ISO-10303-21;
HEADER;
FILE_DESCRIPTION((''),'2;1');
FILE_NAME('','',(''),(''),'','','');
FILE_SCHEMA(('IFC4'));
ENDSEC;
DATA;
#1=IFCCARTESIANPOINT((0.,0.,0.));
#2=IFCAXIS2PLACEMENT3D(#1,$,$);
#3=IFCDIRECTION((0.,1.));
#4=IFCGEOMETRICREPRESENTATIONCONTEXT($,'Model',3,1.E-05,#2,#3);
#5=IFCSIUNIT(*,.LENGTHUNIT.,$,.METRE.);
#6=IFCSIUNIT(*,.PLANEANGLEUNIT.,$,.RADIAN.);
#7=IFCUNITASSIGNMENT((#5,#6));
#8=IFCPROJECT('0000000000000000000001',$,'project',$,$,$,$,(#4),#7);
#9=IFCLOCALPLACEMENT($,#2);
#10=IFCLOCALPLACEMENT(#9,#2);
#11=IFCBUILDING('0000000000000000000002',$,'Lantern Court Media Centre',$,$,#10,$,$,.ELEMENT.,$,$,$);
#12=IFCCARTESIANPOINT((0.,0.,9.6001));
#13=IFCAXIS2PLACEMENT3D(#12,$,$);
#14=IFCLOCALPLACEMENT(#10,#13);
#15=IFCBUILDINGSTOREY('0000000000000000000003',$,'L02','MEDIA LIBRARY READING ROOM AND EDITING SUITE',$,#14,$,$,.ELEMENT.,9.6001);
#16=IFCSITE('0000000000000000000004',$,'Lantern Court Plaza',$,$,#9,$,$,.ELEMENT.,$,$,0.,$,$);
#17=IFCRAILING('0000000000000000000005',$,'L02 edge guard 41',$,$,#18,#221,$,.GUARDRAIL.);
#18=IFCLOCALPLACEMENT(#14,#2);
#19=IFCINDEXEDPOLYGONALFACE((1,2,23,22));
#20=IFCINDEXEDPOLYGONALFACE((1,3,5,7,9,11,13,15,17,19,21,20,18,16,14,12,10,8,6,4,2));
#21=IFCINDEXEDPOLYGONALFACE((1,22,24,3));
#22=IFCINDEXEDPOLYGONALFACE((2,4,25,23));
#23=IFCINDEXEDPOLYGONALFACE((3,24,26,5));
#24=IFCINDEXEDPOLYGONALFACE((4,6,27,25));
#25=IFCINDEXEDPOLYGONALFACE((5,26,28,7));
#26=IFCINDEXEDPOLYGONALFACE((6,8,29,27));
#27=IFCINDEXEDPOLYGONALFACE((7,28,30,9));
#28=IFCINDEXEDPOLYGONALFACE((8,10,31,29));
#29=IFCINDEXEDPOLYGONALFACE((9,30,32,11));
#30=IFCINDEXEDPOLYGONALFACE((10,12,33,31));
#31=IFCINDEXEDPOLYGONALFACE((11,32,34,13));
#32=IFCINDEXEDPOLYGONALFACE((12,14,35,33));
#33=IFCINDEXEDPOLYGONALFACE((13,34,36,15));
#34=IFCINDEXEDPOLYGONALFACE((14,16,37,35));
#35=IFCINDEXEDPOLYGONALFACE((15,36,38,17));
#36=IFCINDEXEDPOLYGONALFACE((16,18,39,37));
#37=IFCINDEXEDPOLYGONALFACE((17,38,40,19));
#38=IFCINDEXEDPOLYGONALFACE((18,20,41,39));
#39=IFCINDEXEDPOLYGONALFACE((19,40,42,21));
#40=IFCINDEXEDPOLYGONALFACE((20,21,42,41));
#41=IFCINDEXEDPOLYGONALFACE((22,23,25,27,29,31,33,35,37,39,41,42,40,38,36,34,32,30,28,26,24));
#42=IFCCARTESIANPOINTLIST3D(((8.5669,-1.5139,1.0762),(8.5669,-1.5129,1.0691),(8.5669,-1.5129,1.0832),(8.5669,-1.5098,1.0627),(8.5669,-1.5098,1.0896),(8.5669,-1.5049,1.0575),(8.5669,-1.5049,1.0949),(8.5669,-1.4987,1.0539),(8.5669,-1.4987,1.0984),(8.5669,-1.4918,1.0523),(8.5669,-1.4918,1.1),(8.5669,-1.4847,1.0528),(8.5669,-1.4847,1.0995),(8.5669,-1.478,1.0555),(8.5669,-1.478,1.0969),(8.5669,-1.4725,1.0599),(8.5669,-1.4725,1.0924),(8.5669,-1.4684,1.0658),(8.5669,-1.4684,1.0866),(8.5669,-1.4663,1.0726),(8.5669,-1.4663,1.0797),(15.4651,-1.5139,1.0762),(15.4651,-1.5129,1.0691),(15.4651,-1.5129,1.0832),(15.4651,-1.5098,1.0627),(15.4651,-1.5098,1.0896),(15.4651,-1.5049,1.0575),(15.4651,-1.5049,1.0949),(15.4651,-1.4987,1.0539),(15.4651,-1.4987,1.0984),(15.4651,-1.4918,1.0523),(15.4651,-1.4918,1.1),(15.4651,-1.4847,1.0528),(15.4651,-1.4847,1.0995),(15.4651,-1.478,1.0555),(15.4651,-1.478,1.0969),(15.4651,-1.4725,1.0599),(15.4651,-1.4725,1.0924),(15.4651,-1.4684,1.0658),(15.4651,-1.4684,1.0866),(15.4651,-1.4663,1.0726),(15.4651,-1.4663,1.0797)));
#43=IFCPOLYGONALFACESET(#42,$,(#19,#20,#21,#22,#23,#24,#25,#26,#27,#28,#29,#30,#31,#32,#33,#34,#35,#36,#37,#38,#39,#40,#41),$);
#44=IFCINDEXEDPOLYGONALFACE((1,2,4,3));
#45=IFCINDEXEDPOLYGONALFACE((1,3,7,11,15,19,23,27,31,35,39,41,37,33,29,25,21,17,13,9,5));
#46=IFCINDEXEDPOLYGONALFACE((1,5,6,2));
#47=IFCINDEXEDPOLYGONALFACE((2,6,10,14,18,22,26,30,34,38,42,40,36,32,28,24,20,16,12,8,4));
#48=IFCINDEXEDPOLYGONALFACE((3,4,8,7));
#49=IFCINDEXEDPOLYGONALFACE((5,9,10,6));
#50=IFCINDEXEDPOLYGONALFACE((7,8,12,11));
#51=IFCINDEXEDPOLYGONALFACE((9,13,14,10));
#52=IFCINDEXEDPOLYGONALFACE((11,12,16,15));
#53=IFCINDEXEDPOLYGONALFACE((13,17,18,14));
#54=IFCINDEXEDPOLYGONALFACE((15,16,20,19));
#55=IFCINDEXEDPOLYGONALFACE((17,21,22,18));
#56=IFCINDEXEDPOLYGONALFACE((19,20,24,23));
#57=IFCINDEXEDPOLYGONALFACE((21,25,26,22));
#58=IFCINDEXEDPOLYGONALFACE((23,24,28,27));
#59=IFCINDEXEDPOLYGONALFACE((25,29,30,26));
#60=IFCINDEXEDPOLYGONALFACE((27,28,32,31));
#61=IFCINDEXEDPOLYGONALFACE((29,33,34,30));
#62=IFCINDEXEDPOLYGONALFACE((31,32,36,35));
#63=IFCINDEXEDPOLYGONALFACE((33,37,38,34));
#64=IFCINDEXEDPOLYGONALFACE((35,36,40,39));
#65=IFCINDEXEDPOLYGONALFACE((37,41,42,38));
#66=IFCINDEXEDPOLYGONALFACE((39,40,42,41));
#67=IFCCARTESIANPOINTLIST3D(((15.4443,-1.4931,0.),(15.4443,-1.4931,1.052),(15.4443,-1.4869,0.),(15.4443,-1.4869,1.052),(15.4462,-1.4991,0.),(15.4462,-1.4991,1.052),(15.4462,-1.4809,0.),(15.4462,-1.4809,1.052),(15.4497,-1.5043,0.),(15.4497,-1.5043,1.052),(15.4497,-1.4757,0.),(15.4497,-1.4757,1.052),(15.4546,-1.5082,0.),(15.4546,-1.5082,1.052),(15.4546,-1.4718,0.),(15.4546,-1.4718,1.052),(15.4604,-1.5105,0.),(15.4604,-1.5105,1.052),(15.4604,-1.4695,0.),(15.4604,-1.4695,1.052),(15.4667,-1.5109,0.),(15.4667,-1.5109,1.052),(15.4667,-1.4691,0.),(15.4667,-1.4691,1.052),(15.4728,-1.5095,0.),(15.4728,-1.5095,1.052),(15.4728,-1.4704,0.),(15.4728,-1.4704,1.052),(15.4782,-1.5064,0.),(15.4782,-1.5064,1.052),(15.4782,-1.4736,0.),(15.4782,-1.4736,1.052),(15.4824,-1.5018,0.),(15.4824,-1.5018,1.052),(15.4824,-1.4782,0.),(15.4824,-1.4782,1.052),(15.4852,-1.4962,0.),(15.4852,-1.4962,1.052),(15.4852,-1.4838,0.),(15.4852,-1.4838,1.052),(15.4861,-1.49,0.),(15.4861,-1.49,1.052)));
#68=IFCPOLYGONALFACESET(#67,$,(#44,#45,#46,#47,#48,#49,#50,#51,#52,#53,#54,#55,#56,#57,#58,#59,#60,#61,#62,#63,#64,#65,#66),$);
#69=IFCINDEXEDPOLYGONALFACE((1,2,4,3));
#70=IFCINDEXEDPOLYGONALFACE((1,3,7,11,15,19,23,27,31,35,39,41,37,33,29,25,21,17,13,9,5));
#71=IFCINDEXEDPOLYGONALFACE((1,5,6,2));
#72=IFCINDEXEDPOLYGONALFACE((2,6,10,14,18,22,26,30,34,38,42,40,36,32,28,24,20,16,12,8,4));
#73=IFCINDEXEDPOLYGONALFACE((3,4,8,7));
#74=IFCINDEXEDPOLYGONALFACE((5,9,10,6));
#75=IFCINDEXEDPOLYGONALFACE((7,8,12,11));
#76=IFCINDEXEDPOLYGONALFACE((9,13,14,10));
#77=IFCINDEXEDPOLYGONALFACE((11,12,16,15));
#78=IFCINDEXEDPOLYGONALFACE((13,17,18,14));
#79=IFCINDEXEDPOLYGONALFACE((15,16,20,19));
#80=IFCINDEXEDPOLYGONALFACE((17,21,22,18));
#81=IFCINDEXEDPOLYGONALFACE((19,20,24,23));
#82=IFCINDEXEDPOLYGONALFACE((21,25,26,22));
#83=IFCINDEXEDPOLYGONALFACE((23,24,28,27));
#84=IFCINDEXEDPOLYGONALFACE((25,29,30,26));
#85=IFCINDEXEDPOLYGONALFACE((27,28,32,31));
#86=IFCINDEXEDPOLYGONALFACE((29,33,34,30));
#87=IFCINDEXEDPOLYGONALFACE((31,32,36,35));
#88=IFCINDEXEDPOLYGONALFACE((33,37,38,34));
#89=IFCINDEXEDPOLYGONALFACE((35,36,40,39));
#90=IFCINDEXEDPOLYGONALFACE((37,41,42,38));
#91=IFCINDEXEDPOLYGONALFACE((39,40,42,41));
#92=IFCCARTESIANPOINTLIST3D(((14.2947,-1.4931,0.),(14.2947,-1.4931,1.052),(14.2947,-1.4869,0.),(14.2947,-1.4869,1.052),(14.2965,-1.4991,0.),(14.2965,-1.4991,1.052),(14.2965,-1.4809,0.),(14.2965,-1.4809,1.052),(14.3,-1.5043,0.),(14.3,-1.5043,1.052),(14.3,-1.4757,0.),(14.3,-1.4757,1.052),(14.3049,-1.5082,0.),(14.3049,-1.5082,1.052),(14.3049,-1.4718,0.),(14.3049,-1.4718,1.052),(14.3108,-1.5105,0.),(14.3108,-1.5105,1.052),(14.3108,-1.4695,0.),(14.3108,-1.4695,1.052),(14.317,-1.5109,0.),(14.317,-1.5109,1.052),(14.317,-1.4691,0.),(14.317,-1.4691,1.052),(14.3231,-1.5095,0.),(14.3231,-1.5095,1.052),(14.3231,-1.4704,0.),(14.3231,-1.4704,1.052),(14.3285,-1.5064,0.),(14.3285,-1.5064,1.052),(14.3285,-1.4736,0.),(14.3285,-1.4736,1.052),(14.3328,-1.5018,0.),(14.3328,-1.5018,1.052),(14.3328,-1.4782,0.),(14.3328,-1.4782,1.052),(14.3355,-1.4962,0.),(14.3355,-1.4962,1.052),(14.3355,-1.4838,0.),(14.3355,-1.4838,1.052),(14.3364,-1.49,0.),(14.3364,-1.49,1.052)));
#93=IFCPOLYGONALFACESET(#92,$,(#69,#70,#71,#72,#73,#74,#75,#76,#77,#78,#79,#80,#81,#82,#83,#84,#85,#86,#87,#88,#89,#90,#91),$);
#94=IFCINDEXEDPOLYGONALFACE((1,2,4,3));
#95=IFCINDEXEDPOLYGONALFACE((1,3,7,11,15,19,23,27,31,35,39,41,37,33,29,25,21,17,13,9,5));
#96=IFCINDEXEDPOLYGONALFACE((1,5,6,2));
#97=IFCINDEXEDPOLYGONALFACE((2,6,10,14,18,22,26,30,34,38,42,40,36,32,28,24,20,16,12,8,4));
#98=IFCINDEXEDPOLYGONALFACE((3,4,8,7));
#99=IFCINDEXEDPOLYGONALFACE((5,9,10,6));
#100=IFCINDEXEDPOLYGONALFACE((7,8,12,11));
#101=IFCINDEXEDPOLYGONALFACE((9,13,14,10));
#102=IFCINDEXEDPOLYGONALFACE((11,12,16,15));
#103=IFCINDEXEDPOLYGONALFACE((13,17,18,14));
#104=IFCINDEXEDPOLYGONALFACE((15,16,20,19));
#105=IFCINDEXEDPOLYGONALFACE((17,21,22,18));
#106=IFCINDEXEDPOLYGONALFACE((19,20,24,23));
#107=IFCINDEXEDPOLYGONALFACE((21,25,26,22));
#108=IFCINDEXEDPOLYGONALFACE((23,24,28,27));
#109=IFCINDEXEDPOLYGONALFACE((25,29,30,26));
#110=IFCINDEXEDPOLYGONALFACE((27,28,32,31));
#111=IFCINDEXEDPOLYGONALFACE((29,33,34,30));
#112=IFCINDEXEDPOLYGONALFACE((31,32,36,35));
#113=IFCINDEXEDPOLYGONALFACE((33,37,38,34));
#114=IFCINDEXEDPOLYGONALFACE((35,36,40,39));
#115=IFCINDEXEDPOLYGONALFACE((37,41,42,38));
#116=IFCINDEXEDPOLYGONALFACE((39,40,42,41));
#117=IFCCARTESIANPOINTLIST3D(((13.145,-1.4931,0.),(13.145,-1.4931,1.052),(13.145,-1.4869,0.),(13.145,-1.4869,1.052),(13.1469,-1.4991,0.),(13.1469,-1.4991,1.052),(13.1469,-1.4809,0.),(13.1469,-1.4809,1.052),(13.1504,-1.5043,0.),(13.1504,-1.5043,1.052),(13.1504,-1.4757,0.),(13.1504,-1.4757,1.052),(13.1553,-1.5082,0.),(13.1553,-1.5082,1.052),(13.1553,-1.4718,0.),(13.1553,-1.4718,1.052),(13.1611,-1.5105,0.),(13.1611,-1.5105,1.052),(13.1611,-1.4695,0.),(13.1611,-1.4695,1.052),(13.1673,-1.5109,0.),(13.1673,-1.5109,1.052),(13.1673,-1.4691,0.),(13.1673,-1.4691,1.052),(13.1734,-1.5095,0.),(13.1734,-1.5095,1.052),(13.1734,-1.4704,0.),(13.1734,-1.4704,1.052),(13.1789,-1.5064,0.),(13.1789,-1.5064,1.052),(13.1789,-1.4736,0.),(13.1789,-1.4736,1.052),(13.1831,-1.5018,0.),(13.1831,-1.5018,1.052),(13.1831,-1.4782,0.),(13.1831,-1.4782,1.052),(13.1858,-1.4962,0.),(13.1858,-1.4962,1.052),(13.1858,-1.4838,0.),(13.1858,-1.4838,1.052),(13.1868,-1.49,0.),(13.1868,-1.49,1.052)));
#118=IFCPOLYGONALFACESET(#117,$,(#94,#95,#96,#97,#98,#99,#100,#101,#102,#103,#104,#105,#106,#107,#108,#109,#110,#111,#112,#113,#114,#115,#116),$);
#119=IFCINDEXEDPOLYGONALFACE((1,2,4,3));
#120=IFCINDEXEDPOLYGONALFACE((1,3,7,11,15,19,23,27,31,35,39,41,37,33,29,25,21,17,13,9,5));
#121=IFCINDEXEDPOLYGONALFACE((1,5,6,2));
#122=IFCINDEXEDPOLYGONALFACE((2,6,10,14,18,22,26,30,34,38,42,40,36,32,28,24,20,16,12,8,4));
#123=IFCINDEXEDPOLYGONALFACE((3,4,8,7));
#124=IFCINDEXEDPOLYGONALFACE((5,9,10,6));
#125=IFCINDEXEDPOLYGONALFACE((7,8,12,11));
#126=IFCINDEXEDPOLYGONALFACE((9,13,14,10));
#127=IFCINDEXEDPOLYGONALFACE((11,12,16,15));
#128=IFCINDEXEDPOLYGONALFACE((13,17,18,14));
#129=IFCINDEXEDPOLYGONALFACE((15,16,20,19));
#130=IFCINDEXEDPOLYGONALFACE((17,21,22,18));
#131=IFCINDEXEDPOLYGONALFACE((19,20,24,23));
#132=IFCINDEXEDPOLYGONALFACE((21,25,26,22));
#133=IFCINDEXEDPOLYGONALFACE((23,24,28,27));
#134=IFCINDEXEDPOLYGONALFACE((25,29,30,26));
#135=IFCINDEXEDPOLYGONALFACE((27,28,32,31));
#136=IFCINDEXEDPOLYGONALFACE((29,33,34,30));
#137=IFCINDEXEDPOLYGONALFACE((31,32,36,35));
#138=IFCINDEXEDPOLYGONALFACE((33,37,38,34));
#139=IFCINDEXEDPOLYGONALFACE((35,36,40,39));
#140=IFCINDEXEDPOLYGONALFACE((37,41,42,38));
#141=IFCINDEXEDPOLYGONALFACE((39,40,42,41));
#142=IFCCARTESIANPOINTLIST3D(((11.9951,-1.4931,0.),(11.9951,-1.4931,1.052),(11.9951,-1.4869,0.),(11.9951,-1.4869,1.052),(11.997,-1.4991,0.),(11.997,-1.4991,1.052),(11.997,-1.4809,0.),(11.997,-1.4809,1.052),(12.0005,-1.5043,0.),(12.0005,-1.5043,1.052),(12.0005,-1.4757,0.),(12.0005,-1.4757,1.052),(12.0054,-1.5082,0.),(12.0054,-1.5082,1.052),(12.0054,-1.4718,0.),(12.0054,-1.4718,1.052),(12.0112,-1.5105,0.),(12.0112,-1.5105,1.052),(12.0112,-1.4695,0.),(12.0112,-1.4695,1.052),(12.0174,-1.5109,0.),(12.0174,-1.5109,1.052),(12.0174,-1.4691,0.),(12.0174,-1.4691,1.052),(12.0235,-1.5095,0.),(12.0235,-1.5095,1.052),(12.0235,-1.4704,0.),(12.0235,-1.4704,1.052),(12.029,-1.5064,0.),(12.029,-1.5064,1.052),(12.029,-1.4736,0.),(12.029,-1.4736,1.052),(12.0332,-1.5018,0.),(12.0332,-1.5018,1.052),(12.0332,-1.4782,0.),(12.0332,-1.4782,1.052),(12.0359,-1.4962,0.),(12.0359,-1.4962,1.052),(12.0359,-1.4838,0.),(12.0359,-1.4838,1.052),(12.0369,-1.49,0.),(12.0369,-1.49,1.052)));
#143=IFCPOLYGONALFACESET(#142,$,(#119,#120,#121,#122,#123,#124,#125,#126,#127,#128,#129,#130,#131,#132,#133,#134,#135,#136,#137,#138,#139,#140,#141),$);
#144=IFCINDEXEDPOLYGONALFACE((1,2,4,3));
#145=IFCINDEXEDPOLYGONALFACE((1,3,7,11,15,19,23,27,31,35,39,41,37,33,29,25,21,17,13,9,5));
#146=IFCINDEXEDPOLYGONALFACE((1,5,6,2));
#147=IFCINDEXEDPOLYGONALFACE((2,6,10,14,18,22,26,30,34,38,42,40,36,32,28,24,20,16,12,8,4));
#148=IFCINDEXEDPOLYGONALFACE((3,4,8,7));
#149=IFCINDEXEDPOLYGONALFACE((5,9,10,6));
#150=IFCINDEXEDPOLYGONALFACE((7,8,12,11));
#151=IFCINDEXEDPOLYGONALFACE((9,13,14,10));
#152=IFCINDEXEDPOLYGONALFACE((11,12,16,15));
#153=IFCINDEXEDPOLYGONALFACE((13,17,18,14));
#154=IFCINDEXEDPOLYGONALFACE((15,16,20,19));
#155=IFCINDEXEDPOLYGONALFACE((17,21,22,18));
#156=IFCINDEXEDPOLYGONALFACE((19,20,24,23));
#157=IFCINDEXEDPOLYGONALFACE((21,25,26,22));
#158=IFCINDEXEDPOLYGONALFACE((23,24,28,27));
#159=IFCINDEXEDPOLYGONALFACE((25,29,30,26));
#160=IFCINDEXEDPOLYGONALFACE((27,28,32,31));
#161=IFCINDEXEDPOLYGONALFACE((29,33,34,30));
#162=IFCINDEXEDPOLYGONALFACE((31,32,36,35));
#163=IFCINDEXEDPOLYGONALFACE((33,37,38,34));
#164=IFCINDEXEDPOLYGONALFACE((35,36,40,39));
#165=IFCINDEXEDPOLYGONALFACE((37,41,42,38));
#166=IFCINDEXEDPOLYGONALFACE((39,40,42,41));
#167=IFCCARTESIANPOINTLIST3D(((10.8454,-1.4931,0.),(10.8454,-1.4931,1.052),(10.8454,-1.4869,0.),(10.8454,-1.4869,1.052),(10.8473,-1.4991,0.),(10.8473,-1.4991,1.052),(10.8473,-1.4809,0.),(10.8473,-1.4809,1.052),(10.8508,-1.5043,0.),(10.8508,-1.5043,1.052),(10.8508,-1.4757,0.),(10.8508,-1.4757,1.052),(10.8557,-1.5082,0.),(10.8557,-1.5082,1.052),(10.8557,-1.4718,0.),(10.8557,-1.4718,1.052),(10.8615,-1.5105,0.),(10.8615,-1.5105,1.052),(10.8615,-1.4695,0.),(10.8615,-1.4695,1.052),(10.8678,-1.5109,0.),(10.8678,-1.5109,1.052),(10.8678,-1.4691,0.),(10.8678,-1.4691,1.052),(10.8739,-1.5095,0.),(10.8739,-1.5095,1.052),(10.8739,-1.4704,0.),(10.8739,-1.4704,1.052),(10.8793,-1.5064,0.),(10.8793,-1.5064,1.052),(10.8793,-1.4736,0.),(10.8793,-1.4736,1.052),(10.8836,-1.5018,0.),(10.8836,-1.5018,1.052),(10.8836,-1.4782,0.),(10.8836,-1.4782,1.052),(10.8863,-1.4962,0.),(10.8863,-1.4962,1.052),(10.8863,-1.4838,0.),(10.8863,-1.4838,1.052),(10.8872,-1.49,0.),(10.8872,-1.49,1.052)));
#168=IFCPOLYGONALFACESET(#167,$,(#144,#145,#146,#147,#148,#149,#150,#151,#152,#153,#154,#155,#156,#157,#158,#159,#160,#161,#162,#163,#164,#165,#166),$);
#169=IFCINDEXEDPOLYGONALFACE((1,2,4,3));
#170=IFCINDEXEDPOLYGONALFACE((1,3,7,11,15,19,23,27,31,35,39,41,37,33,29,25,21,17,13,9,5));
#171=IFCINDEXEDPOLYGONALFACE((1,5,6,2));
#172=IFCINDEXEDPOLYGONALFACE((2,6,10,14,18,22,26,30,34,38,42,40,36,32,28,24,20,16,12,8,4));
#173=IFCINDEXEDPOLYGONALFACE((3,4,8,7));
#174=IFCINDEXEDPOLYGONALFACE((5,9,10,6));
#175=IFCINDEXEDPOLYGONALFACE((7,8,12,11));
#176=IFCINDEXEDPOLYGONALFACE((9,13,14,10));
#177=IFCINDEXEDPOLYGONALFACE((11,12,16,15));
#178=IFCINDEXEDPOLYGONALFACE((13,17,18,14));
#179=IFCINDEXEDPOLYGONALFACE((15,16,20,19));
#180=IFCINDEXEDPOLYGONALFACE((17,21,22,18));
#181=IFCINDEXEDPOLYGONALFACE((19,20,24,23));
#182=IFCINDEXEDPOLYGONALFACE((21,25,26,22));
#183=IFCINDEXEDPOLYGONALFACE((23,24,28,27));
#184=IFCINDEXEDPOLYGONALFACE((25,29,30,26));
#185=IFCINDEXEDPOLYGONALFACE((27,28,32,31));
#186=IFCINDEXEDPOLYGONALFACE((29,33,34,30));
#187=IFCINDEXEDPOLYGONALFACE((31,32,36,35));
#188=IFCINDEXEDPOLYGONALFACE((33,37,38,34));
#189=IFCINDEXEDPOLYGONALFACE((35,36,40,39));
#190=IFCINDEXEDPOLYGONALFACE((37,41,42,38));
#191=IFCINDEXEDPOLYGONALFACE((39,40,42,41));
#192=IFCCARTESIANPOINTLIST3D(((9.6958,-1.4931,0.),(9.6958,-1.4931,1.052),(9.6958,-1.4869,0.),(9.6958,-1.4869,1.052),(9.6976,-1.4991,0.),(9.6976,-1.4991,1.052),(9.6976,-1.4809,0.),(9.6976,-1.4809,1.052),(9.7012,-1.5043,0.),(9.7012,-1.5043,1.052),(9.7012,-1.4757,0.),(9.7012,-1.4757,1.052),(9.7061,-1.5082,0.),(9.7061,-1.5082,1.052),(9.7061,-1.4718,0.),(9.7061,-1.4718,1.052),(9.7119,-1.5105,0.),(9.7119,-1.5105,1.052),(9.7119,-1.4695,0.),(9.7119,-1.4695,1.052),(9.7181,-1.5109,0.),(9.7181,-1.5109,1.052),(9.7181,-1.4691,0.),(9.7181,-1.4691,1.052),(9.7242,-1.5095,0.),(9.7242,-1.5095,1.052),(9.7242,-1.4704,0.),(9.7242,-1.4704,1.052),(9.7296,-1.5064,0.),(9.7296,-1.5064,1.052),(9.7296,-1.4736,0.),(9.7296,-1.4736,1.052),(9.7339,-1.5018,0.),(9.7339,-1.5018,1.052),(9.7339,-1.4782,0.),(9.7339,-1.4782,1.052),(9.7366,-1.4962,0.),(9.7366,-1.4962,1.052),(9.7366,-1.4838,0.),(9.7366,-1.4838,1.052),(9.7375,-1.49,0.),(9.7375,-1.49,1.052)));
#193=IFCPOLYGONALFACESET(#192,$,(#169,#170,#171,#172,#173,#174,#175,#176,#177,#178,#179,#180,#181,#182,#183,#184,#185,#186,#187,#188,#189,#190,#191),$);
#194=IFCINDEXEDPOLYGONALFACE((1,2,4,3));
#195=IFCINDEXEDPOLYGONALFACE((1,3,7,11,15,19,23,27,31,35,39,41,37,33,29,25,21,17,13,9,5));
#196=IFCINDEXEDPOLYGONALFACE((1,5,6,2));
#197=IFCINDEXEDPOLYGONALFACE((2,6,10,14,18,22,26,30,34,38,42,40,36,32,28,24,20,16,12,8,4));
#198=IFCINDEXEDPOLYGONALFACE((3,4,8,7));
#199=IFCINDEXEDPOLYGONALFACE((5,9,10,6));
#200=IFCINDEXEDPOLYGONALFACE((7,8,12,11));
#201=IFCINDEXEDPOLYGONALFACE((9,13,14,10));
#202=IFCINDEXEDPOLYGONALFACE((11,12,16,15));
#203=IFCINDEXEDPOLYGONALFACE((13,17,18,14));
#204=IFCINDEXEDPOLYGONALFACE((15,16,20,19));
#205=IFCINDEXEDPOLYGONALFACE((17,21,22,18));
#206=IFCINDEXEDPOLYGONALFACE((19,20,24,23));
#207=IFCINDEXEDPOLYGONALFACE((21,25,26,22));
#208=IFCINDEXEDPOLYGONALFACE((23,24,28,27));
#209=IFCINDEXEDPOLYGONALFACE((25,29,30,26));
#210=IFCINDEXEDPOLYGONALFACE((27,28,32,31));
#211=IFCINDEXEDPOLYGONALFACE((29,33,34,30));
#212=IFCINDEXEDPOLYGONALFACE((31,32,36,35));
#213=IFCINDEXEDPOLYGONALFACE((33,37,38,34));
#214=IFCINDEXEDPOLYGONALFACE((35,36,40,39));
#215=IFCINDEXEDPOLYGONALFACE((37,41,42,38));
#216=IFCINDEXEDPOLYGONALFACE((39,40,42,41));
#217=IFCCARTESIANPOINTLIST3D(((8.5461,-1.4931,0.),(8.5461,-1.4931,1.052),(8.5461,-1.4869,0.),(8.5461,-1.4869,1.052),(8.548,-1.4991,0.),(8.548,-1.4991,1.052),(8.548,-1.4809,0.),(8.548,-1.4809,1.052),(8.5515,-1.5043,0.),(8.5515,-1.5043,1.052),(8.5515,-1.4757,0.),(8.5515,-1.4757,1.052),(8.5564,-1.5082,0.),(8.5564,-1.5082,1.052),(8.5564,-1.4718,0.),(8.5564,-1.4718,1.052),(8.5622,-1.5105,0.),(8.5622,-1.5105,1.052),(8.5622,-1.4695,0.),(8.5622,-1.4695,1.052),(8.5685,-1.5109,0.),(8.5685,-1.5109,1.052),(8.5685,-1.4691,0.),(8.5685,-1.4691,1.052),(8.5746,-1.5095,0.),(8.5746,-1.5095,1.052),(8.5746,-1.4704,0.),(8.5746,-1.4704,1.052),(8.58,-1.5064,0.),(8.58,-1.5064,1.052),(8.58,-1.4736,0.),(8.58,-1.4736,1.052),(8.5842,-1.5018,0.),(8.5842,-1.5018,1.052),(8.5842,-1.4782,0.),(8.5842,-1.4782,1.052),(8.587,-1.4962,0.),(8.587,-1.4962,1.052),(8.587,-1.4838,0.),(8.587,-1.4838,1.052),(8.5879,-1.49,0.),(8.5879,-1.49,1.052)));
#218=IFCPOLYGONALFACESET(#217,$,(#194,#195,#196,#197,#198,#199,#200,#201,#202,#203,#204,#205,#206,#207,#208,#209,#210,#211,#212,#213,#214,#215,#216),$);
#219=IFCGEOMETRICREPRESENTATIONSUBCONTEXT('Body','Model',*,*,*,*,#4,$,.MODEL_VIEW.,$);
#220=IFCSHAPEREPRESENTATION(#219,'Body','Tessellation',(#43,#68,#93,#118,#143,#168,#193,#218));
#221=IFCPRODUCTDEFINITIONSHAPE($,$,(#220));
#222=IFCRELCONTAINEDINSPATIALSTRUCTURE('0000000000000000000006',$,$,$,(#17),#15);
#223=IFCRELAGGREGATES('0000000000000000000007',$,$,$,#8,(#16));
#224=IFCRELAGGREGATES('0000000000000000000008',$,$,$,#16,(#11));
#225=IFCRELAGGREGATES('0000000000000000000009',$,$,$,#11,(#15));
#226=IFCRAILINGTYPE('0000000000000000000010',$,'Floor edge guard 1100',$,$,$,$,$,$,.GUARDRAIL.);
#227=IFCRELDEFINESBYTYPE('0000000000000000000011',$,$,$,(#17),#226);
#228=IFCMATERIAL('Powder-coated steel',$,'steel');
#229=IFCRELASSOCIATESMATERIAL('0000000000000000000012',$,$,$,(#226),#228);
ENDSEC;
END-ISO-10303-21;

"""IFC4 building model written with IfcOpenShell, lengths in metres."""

from ifc_helpers import new_model, si_unit, direction, frame, origin, origin_2d, place, context, subcontext, project, spatial, circle, extrude, material, type_object, element, save


model = new_model("IFC4")

# Units and contexts
model_context = context("Model", 3, precision=1e-05, world=origin(), true_north=direction((0.0, 1.0)))
body_context = subcontext(model_context, "Body", "Model", "MODEL_VIEW")
ifc_project = project(units=[si_unit("LENGTHUNIT", "METRE"), si_unit("PLANEANGLEUNIT", "RADIAN")], contexts=[model_context])

# Site, building, storey
site_placement = place(None, origin())
site = spatial("IfcSite", under=ifc_project, at=site_placement, Name="Lantern Court Plaza", CompositionType="ELEMENT", RefElevation=0.0)
building_placement = place(site_placement, origin())
building = spatial("IfcBuilding", under=site, at=building_placement, Name="Lantern Court Media Centre", CompositionType="ELEMENT")
storey_placement = place(building_placement, frame((0.0, 0.0, 9.6001)))
storey = spatial("IfcBuildingStorey", under=building, at=storey_placement, Name="L02", Description="MEDIA LIBRARY READING ROOM AND EDITING SUITE", CompositionType="ELEMENT", Elevation=9.6001)

# Railing
ifc_material_1 = material(Name="Powder-coated steel", Category="steel")
railing_type = type_object("IfcRailingType", Name="Floor edge guard 1100", PredefinedType="GUARDRAIL", material=ifc_material_1)
railing_placement = place(storey_placement, frame((15.4651, -1.49, 0.0)))
element("IfcRailing", 1, at=railing_placement, inside=storey, type_object=railing_type, Name="L02 edge guard 41", PredefinedType="GUARDRAIL", context=body_context, shape_type="SweptSolid", body=[
    extrude(circle(Radius=0.0239, at=origin_2d()), frame((0.0, 0.0, 1.0762), z_axis=(-1.0, 0.0, 0.0), x_axis=(0.0, -1.0, 0.0)), (0.0, 0.0, 1.0), 6.8982),
    extrude(circle(Radius=0.021, at=origin_2d()), origin(), (0.0, 0.0, 1.0), 1.052),
    extrude(circle(Radius=0.021, at=origin_2d()), frame((-1.1497, 0.0, 0.0)), (0.0, 0.0, 1.0), 1.052),
    extrude(circle(Radius=0.021, at=origin_2d()), frame((-2.2993, 0.0, 0.0)), (0.0, 0.0, 1.0), 1.052),
    extrude(circle(Radius=0.021, at=origin_2d()), frame((-3.4492, 0.0, 0.0)), (0.0, 0.0, 1.0), 1.052),
    extrude(circle(Radius=0.021, at=origin_2d()), frame((-4.5989, 0.0, 0.0)), (0.0, 0.0, 1.0), 1.052),
    extrude(circle(Radius=0.021, at=origin_2d()), frame((-5.7485, 0.0, 0.0)), (0.0, 0.0, 1.0), 1.052),
    extrude(circle(Radius=0.021, at=origin_2d()), frame((-6.8982, 0.0, 0.0)), (0.0, 0.0, 1.0), 1.052),
])

save(model, "model.ifc")
